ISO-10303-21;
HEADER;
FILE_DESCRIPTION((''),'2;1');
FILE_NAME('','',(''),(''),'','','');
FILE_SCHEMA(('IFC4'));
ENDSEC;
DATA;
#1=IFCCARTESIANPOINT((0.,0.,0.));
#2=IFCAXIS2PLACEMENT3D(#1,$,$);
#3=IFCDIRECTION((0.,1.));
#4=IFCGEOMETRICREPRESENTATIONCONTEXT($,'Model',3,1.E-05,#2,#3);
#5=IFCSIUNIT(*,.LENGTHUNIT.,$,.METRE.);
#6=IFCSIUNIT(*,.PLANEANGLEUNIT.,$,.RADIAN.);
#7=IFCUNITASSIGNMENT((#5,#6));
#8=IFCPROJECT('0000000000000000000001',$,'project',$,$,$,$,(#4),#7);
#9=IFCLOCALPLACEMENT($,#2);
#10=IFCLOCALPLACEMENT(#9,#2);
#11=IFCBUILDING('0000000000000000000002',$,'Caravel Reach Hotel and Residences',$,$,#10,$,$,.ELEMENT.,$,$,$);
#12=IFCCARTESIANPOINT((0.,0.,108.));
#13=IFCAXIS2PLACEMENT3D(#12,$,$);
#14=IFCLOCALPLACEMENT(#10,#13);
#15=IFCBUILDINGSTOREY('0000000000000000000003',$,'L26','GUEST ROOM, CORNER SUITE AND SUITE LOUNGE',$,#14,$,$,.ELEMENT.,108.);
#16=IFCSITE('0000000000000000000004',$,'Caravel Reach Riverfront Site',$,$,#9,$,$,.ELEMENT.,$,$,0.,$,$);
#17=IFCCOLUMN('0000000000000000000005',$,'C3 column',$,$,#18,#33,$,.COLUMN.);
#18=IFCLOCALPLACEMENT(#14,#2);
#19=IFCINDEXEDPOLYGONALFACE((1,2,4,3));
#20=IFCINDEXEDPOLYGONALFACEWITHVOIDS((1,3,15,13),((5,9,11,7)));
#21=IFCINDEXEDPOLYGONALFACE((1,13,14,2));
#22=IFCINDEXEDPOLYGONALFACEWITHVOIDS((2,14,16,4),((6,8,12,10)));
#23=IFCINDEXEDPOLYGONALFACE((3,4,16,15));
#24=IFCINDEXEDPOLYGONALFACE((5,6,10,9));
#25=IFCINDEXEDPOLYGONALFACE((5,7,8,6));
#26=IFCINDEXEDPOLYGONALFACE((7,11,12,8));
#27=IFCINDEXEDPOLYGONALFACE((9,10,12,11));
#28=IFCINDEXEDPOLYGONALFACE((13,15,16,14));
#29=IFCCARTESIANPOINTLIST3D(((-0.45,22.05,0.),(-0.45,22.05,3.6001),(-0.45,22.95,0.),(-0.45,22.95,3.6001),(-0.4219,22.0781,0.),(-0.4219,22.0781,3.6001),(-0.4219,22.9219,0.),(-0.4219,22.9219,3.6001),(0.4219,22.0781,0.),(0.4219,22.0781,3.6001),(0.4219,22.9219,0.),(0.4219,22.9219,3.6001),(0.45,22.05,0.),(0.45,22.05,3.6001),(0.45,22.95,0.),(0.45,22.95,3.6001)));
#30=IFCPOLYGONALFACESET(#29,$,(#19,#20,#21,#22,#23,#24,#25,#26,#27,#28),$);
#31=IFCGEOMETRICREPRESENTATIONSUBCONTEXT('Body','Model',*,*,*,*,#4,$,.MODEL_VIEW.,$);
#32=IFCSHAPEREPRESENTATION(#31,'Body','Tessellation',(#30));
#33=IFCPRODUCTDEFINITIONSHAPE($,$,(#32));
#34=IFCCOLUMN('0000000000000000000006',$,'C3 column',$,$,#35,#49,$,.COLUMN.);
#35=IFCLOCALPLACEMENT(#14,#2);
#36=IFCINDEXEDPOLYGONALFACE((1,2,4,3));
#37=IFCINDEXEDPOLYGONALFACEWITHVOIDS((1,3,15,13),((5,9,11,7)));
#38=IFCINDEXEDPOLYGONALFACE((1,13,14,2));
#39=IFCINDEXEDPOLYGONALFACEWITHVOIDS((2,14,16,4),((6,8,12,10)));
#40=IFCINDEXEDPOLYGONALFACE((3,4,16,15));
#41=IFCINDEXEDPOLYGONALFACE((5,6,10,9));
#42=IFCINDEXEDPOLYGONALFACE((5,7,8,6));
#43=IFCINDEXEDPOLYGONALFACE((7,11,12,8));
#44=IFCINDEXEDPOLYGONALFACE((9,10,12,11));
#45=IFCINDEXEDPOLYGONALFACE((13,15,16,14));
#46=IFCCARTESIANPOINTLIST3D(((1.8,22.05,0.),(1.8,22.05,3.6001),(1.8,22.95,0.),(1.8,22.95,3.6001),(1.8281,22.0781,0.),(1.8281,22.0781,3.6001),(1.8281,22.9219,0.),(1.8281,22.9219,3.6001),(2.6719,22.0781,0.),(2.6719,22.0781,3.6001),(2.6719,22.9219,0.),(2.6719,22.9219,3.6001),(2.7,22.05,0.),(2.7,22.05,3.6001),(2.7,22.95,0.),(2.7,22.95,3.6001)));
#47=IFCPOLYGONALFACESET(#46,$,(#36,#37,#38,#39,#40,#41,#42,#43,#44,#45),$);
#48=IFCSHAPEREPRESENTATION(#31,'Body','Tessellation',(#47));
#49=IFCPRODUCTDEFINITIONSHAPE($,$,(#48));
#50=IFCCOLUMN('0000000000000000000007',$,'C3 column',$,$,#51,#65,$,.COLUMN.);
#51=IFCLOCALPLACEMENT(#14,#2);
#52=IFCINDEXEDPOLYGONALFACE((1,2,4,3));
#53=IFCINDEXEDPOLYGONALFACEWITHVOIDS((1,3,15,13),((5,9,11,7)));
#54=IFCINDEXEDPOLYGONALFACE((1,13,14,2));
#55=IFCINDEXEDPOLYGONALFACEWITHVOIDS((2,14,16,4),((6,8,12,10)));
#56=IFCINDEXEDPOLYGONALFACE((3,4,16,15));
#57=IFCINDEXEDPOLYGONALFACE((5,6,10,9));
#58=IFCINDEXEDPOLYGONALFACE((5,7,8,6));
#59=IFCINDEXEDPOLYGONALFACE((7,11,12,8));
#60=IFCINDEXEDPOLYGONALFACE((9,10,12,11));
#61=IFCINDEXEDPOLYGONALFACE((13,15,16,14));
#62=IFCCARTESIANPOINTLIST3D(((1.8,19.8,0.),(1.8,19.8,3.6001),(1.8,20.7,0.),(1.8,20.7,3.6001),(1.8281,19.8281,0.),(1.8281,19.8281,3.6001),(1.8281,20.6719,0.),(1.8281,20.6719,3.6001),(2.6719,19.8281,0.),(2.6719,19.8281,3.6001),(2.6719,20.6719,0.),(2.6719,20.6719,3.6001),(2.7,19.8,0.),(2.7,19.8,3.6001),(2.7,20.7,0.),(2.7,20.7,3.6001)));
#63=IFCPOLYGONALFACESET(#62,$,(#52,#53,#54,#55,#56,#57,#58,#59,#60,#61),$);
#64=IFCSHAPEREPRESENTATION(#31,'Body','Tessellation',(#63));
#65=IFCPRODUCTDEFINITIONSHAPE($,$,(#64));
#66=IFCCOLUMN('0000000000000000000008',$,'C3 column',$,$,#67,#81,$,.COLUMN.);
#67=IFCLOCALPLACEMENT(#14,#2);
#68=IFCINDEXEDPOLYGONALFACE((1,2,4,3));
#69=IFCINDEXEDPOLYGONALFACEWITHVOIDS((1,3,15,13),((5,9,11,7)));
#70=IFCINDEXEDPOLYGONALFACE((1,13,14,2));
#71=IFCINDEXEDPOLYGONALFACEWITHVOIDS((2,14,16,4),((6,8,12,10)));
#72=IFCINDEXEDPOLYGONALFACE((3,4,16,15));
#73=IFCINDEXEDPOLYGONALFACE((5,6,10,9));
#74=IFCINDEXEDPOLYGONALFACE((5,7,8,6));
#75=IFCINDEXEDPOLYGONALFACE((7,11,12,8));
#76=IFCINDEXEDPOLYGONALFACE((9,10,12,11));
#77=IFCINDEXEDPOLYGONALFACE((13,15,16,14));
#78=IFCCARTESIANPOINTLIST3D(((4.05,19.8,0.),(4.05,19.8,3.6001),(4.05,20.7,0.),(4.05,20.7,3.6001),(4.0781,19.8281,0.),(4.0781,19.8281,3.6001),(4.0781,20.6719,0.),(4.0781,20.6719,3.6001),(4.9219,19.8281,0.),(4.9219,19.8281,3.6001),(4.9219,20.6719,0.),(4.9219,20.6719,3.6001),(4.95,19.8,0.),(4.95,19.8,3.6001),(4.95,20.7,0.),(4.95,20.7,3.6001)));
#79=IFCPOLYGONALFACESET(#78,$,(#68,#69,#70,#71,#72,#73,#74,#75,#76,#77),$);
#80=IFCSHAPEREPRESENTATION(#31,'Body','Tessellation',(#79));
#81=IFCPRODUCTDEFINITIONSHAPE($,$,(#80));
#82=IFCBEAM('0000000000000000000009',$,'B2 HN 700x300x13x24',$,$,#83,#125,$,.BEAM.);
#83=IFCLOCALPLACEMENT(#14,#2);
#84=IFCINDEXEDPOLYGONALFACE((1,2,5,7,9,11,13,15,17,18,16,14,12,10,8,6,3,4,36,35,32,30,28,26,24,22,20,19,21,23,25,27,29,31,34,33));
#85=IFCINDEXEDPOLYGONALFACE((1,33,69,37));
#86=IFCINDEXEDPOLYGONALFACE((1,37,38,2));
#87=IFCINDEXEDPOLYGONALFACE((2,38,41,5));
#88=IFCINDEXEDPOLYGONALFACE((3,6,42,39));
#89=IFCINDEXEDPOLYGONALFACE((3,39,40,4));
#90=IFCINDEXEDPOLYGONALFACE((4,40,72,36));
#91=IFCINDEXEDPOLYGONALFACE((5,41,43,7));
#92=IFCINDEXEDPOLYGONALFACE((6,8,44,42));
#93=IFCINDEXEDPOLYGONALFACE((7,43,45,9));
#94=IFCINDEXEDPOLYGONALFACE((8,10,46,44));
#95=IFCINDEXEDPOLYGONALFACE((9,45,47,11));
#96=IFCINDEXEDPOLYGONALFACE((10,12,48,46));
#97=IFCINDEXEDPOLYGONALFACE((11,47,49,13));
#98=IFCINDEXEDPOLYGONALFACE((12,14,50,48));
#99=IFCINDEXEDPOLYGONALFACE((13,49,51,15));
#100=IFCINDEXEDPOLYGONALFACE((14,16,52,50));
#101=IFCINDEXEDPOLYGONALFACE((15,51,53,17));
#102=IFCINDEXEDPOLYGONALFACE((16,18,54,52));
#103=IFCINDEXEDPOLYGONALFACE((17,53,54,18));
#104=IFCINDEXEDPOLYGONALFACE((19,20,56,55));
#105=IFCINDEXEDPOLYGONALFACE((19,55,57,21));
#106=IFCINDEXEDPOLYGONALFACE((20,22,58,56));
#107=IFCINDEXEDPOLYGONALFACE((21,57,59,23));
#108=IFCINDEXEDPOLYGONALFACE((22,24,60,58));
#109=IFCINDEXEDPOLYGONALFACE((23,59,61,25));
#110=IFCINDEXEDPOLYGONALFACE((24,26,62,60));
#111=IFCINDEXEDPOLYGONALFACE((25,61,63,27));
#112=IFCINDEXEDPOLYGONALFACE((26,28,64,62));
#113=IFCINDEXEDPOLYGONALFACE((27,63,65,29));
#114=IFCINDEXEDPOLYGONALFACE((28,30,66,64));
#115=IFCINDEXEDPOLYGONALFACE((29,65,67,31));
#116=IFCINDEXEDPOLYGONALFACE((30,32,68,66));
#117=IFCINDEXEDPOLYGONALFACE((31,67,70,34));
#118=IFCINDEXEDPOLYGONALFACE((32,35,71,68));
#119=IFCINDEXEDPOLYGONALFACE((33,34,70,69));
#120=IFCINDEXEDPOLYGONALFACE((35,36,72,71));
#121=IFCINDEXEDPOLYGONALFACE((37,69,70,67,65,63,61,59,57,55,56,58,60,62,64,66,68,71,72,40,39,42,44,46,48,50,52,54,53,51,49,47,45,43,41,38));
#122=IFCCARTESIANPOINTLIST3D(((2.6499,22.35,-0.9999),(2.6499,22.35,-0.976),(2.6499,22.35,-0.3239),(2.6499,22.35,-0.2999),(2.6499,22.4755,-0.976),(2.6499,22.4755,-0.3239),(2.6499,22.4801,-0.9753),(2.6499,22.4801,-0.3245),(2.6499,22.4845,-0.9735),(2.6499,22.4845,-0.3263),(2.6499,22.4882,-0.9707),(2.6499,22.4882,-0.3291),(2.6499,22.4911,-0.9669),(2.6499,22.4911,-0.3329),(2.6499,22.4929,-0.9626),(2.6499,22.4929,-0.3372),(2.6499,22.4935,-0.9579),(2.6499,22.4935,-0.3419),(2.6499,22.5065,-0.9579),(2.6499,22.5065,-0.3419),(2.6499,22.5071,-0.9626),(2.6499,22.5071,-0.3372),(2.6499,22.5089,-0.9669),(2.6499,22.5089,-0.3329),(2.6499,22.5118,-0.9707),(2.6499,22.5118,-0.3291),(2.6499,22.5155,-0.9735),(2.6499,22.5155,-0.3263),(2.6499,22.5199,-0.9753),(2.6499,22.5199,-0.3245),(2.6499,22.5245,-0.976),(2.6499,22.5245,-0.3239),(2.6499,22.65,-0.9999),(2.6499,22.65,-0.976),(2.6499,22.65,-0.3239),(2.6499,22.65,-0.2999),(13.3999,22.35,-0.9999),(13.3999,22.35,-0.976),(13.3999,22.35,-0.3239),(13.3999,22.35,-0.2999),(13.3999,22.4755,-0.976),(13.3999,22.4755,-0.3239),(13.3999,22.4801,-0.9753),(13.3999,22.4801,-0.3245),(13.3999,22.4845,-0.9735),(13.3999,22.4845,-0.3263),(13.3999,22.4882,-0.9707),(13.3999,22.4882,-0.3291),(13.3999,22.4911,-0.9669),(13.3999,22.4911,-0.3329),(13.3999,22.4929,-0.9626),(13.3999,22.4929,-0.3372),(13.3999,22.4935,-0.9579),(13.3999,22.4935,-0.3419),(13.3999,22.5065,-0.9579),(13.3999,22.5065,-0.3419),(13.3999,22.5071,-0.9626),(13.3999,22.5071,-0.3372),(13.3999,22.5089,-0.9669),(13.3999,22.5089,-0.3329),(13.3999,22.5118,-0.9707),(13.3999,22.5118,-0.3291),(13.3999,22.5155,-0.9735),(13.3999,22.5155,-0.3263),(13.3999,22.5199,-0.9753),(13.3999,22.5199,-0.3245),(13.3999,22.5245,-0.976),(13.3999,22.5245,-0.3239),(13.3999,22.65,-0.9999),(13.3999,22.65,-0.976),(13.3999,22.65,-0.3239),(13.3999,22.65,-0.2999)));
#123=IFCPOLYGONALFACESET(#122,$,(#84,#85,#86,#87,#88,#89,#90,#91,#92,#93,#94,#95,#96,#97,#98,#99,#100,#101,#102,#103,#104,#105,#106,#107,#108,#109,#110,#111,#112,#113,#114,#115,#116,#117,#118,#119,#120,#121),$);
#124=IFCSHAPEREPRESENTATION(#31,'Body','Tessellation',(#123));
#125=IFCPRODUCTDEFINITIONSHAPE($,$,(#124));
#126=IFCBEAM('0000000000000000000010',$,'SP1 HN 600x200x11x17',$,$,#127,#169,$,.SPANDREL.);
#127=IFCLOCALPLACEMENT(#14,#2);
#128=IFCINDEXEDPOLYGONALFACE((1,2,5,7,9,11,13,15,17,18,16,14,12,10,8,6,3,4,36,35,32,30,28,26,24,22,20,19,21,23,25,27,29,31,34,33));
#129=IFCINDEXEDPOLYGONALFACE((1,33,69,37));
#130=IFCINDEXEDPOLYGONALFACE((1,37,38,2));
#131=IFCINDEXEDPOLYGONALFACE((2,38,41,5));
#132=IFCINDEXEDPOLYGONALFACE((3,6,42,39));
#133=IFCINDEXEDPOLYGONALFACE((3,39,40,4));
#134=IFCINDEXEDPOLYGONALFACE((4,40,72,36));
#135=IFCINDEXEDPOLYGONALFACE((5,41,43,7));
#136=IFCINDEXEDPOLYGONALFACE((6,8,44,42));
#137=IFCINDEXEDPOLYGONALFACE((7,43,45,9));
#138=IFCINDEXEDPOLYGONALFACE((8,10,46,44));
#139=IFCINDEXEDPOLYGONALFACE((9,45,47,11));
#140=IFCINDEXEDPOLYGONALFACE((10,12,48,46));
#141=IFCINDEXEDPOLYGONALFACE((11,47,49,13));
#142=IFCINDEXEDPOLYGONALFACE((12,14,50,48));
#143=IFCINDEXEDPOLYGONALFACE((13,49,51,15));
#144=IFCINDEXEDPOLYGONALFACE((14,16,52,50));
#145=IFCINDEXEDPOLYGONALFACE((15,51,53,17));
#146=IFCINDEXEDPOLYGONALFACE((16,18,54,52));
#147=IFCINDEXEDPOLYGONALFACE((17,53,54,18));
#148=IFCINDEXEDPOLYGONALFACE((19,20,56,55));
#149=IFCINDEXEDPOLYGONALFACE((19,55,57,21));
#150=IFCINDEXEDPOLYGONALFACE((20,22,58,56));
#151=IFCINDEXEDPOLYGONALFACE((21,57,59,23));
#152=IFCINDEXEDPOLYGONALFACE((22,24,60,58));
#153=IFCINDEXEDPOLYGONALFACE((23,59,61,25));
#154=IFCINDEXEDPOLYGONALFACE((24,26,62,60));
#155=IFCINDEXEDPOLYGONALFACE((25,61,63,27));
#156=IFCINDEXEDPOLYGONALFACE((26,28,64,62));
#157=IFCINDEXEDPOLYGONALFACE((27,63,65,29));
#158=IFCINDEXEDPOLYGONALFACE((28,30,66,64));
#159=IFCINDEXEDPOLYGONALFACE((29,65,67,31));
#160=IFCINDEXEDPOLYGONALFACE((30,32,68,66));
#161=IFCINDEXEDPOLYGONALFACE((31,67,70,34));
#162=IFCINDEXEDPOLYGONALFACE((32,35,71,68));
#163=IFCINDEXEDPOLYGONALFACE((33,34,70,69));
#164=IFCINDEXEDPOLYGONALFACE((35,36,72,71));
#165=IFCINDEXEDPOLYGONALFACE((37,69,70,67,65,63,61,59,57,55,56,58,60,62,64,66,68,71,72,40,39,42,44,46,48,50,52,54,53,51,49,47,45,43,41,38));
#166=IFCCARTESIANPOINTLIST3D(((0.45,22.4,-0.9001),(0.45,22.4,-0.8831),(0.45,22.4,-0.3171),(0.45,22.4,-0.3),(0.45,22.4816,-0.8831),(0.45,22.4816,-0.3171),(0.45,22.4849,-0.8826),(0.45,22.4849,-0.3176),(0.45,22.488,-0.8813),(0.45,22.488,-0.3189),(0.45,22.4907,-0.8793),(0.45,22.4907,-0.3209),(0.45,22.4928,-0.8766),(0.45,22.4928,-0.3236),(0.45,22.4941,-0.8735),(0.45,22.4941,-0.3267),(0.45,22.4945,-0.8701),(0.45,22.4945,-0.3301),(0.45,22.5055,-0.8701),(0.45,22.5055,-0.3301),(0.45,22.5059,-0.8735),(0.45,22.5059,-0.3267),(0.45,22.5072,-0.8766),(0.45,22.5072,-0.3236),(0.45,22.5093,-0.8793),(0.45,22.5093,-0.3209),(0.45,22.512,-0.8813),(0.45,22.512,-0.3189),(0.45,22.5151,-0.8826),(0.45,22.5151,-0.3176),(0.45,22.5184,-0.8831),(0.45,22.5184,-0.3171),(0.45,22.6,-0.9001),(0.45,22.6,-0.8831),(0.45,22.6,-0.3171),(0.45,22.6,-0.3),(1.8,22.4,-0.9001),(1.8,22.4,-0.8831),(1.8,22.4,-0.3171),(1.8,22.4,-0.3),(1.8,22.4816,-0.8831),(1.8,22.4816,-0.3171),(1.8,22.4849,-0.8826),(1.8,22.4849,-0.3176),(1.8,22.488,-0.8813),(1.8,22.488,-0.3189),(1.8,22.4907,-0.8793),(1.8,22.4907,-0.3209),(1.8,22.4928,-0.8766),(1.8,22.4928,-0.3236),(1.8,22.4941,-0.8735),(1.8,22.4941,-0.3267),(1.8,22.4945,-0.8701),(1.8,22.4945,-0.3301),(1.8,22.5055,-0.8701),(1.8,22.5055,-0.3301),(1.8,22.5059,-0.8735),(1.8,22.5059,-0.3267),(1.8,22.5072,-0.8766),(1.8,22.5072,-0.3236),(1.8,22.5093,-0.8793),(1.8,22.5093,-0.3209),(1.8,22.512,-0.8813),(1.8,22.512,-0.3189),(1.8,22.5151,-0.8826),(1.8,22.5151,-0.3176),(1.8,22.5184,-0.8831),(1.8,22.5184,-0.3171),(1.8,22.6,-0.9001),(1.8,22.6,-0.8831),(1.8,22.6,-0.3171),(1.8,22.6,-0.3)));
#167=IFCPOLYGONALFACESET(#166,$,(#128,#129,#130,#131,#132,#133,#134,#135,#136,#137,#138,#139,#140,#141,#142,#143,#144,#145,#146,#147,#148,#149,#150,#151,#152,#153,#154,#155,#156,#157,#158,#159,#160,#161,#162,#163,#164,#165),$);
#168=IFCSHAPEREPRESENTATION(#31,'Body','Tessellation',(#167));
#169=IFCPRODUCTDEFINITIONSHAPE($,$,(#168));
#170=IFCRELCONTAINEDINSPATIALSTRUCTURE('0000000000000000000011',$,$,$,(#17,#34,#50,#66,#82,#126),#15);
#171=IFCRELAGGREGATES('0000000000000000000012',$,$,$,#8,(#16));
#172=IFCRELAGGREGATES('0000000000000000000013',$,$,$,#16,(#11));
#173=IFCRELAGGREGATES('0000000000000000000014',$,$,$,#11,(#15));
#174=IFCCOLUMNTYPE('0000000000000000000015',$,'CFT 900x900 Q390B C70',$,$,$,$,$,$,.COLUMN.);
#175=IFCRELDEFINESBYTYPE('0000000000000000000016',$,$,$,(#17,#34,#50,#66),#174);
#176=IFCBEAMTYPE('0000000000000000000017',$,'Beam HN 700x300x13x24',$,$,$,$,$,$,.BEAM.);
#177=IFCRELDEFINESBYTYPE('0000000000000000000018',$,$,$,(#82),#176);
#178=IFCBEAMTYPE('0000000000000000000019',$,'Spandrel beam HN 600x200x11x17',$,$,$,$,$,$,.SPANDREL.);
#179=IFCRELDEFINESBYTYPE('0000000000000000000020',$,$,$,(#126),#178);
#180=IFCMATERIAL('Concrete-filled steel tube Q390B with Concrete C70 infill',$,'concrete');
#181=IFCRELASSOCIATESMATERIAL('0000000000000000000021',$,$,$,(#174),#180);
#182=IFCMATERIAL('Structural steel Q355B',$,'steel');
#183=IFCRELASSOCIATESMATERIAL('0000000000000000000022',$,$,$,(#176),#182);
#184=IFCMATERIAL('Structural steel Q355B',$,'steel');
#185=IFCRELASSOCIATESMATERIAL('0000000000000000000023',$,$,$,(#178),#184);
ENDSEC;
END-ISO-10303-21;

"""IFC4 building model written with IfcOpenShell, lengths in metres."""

from ifc_helpers import new_model, si_unit, direction, frame, origin, origin_2d, place, context, subcontext, project, spatial, hollow_rectangle, i_section, extrude, material, material_profile, profile_set, type_object, element, save


model = new_model("IFC4")

# Units and contexts
model_context = context("Model", 3, precision=1e-05, world=origin(), true_north=direction((0.0, 1.0)))
body_context = subcontext(model_context, "Body", "Model", "MODEL_VIEW")
ifc_project = project(units=[si_unit("LENGTHUNIT", "METRE"), si_unit("PLANEANGLEUNIT", "RADIAN")], contexts=[model_context])

# Site, building, storey
site_placement = place(None, origin())
site = spatial("IfcSite", under=ifc_project, at=site_placement, Name="Caravel Reach Riverfront Site", CompositionType="ELEMENT", RefElevation=0.0)
building_placement = place(site_placement, origin())
building = spatial("IfcBuilding", under=site, at=building_placement, Name="Caravel Reach Hotel and Residences", CompositionType="ELEMENT")
storey_placement = place(building_placement, frame((0.0, 0.0, 108.0)))
storey = spatial("IfcBuildingStorey", under=building, at=storey_placement, Name="L26", Description="GUEST ROOM, CORNER SUITE AND SUITE LOUNGE", CompositionType="ELEMENT", Elevation=108.0)

# Columns
ifc_material_1 = material(Name="Concrete-filled steel tube Q390B with Concrete C70 infill", Category="concrete")
ifc_material_profile_1 = material_profile(ifc_material_1, hollow_rectangle(XDim=0.8999, YDim=0.8999, WallThickness=0.0281, at=origin_2d()), Name="RHS 900x900x28")
ifc_profile_set_1 = profile_set([ifc_material_profile_1], Name="Concrete-filled steel tube Q390B with Concrete C70 infill")
column_type = type_object("IfcColumnType", Name="CFT 900x900 Q390B C70", PredefinedType="COLUMN", material=ifc_profile_set_1)
for number, where, z_axis, x_axis, name in (
    (1, (0.0, 22.5, 0.0), (0.0, 0.0, 1.0), (1.0, 0.0, 0.0), "C3 column"),
    (2, (2.25, 22.5, 0.0), (0.0, 0.0, 1.0), (1.0, 0.0, 0.0), "C3 column"),
    (3, (2.25, 20.25, 0.0), (0.0, 0.0, 1.0), (1.0, 0.0, 0.0), "C3 column"),
    (4, (4.5, 20.25, 0.0), (0.0, 0.0, 1.0), (1.0, 0.0, 0.0), "C3 column"),
):
    element("IfcColumn", number, at=place(storey_placement, frame(where, z_axis=z_axis, x_axis=x_axis)), inside=storey, type_object=column_type, Name=name, PredefinedType="COLUMN", context=body_context, shape_type="SweptSolid", body=[
        extrude(hollow_rectangle(XDim=0.8999, YDim=0.8999, WallThickness=0.0281, at=origin_2d()), origin(), (0.0, 0.0, 1.0), 3.6001),
    ])

# Beams
ifc_material_2 = material(Name="Structural steel Q355B", Category="steel")
ifc_material_profile_2 = material_profile(ifc_material_2, i_section(OverallWidth=0.3, OverallDepth=0.7, WebThickness=0.0129, FlangeThickness=0.0239, FilletRadius=0.0181, at=origin_2d()), Name="HN 700x300x13x24")
ifc_profile_set_2 = profile_set([ifc_material_profile_2], Name="Structural steel Q355B")
beam_type_1 = type_object("IfcBeamType", Name="Beam HN 700x300x13x24", PredefinedType="BEAM", material=ifc_profile_set_2)
beam_placement = place(storey_placement, frame((13.3999, 22.5, -0.6499), z_axis=(-1.0, 0.0, 0.0), x_axis=(0.0, -1.0, 0.0)))
element("IfcBeam", 5, at=beam_placement, inside=storey, type_object=beam_type_1, Name="B2 HN 700x300x13x24", PredefinedType="BEAM", context=body_context, shape_type="SweptSolid", body=[
    extrude(i_section(OverallWidth=0.3, OverallDepth=0.7, WebThickness=0.0129, FlangeThickness=0.0239, FilletRadius=0.0181, at=origin_2d()), origin(), (0.0, 0.0, 1.0), 10.75),
])
ifc_material_3 = material(Name="Structural steel Q355B", Category="steel")
ifc_material_profile_3 = material_profile(ifc_material_3, i_section(OverallWidth=0.2, OverallDepth=0.6001, WebThickness=0.011, FlangeThickness=0.0171, FilletRadius=0.0129, at=origin_2d()), Name="HN 600x200x11x17")
ifc_profile_set_3 = profile_set([ifc_material_profile_3], Name="Structural steel Q355B")
beam_type_2 = type_object("IfcBeamType", Name="Spandrel beam HN 600x200x11x17", PredefinedType="SPANDREL", material=ifc_profile_set_3)
for number, where, z_axis, x_axis, name in (
    (6, (0.45, 22.5, -0.6001), (1.0, 0.0, 0.0), (0.0, 1.0, 0.0), "SP1 HN 600x200x11x17"),
):
    element("IfcBeam", number, at=place(storey_placement, frame(where, z_axis=z_axis, x_axis=x_axis)), inside=storey, type_object=beam_type_2, Name=name, PredefinedType="SPANDREL", context=body_context, shape_type="SweptSolid", body=[
        extrude(i_section(OverallWidth=0.2, OverallDepth=0.6001, WebThickness=0.011, FlangeThickness=0.0171, FilletRadius=0.0129, at=origin_2d()), origin(), (0.0, 0.0, 1.0), 1.3501),
    ])

save(model, "model.ifc")
